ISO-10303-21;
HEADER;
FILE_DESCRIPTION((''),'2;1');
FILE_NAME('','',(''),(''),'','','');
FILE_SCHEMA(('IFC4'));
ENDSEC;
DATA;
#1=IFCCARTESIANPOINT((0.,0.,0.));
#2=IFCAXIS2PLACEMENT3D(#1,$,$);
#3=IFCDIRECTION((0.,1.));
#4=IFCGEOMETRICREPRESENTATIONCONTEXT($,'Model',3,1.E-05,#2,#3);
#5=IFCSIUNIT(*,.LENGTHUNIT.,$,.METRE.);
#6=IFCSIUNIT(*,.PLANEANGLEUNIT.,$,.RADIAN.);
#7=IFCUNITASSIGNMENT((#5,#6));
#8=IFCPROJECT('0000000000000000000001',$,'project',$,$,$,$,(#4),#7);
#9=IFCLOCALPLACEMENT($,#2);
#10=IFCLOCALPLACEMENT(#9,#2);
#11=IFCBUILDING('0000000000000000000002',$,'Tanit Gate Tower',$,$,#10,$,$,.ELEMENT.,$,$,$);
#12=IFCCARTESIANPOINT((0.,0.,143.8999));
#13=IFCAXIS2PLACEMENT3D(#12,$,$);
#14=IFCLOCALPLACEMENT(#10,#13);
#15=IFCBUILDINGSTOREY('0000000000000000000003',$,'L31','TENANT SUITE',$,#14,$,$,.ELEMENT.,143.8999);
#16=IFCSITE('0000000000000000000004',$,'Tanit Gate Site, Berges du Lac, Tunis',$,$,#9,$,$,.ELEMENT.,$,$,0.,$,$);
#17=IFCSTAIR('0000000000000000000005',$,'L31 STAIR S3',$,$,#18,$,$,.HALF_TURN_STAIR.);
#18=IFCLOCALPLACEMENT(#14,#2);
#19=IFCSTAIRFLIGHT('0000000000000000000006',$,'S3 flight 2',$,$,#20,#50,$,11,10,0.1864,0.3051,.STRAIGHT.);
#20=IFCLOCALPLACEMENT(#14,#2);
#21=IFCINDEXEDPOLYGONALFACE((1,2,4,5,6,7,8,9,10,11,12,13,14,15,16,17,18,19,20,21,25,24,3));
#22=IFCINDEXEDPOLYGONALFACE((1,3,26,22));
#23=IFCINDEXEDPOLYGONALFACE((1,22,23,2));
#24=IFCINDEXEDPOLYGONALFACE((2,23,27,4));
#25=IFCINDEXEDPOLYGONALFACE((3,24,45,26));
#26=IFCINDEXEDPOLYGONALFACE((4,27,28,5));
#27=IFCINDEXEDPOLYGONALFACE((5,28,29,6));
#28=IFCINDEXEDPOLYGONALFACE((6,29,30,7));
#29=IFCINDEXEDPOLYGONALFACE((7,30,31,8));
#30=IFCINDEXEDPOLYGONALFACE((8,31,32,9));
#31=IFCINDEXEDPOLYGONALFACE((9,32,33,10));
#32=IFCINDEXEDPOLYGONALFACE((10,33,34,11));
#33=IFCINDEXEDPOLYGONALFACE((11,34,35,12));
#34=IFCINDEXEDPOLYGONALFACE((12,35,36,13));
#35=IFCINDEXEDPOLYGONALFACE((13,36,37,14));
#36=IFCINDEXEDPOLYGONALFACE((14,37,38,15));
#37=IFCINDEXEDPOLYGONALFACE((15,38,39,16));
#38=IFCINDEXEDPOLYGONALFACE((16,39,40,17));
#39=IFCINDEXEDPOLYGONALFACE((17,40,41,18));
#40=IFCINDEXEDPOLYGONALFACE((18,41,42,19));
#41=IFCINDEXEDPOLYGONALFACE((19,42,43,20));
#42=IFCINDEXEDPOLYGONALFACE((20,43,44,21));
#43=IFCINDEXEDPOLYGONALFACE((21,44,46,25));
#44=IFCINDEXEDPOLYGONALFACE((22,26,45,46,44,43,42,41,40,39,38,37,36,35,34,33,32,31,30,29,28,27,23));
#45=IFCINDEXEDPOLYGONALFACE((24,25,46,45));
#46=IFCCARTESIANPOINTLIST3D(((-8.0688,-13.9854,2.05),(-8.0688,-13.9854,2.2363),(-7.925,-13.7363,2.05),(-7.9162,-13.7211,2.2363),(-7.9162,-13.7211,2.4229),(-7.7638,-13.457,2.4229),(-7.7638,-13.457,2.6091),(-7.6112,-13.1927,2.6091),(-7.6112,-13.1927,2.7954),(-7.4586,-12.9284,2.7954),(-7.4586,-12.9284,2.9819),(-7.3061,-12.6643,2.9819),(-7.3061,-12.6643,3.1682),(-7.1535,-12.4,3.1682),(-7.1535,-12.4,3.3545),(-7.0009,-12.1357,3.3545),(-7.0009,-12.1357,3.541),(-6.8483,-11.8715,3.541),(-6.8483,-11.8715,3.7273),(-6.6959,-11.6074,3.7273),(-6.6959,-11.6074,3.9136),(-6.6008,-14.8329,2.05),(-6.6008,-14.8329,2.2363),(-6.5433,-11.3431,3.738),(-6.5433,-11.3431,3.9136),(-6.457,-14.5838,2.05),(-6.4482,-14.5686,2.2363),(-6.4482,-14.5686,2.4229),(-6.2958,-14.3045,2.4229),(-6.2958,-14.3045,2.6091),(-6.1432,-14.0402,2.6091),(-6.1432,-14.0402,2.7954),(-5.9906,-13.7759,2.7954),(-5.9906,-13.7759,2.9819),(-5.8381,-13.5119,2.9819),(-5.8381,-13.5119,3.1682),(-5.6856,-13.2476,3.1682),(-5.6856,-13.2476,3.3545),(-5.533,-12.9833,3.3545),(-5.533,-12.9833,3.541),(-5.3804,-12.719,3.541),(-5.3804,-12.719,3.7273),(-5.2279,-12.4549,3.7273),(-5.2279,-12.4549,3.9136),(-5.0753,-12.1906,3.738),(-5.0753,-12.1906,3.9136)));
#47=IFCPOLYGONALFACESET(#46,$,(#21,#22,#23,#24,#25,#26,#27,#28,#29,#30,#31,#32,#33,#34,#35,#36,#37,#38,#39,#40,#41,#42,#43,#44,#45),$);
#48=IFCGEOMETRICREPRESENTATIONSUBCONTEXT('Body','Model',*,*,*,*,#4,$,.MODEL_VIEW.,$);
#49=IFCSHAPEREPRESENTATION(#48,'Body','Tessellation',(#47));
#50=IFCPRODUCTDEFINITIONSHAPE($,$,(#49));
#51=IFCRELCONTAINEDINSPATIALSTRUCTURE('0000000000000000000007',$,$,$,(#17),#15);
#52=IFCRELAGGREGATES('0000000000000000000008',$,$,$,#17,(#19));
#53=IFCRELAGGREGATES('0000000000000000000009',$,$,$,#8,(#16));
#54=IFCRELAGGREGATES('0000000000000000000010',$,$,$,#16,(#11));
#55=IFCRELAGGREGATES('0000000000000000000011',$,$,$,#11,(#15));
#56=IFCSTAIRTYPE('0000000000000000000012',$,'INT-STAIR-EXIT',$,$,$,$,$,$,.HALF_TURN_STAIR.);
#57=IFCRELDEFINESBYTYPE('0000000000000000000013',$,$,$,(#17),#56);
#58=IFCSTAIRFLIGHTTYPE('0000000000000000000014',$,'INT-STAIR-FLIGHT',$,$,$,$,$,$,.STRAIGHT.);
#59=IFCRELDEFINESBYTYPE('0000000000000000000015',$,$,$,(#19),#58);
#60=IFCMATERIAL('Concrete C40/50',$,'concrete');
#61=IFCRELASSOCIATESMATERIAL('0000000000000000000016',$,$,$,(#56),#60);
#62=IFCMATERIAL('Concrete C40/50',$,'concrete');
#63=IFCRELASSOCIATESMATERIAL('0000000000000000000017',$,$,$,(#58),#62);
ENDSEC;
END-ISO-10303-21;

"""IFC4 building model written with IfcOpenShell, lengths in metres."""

from ifc_helpers import new_model, si_unit, direction, frame, origin, place, context, subcontext, project, spatial, polyline, outline, extrude, material, type_object, element, aggregate, save


model = new_model("IFC4")

# Units and contexts
model_context = context("Model", 3, precision=1e-05, world=origin(), true_north=direction((0.0, 1.0)))
body_context = subcontext(model_context, "Body", "Model", "MODEL_VIEW")
ifc_project = project(units=[si_unit("LENGTHUNIT", "METRE"), si_unit("PLANEANGLEUNIT", "RADIAN")], contexts=[model_context])

# Site, building, storey
site_placement = place(None, origin())
site = spatial("IfcSite", under=ifc_project, at=site_placement, Name="Tanit Gate Site, Berges du Lac, Tunis", CompositionType="ELEMENT", RefElevation=0.0)
building_placement = place(site_placement, origin())
building = spatial("IfcBuilding", under=site, at=building_placement, Name="Tanit Gate Tower", CompositionType="ELEMENT")
storey_placement = place(building_placement, frame((0.0, 0.0, 143.8999)))
storey = spatial("IfcBuildingStorey", under=building, at=storey_placement, Name="L31", Description="TENANT SUITE", CompositionType="ELEMENT", Elevation=143.8999)

# Stair, stair flight
ifc_material_1 = material(Name="Concrete C40/50", Category="concrete")
stair_type = type_object("IfcStairType", Name="INT-STAIR-EXIT", PredefinedType="HALF_TURN_STAIR", material=ifc_material_1)
stair_placement = place(storey_placement, origin())
stair = element("IfcStair", 1, at=stair_placement, inside=storey, type_object=stair_type, Name="L31 STAIR S3", PredefinedType="HALF_TURN_STAIR")
ifc_material_2 = material(Name="Concrete C40/50", Category="concrete")
stair_flight_type = type_object("IfcStairFlightType", Name="INT-STAIR-FLIGHT", PredefinedType="STRAIGHT", material=ifc_material_2)
stair_flight_1_placement = place(storey_placement, frame((-7.3347, -14.4092, 2.05), z_axis=(0.0, 0.0, 1.0), x_axis=(0.5, 0.866025, 0.0)))
stair_flight_1 = element("IfcStairFlight", 2, at=stair_flight_1_placement, type_object=stair_flight_type, Name="S3 flight 2", NumberOfRisers=11, NumberOfTreads=10, PredefinedType="STRAIGHT", RiserHeight=0.1864, TreadLength=0.3051, context=body_context, shape_type="SweptSolid", body=[
    extrude(outline(polyline([(0.0, 0.0), (0.0, 0.1863), (0.3052, 0.1863), (0.3052, 0.3728), (0.6101, 0.3728), (0.6101, 0.5591), (0.9153, 0.5591), (0.9153, 0.7454), (1.2205, 0.7454), (1.2205, 0.9319), (1.5254, 0.9319), (1.5254, 1.1182), (1.8306, 1.1182), (1.8306, 1.3044), (2.1357, 1.3044), (2.1357, 1.491), (2.4409, 1.491), (2.4409, 1.6772), (2.7458, 1.6772), (2.7458, 1.8635), (3.051, 1.8635), (3.051, 2.05), (3.051, 1.688), (0.2876, 0.0), (0.0, 0.0)])), frame((0.0, 0.8477, 0.0), z_axis=(0.0, -1.0, 0.0), x_axis=(1.0, 0.0, 0.0)), (0.0, 0.0, 1.0), 1.6951),
])
aggregate(stair, [stair_flight_1])

save(model, "model.ifc")
